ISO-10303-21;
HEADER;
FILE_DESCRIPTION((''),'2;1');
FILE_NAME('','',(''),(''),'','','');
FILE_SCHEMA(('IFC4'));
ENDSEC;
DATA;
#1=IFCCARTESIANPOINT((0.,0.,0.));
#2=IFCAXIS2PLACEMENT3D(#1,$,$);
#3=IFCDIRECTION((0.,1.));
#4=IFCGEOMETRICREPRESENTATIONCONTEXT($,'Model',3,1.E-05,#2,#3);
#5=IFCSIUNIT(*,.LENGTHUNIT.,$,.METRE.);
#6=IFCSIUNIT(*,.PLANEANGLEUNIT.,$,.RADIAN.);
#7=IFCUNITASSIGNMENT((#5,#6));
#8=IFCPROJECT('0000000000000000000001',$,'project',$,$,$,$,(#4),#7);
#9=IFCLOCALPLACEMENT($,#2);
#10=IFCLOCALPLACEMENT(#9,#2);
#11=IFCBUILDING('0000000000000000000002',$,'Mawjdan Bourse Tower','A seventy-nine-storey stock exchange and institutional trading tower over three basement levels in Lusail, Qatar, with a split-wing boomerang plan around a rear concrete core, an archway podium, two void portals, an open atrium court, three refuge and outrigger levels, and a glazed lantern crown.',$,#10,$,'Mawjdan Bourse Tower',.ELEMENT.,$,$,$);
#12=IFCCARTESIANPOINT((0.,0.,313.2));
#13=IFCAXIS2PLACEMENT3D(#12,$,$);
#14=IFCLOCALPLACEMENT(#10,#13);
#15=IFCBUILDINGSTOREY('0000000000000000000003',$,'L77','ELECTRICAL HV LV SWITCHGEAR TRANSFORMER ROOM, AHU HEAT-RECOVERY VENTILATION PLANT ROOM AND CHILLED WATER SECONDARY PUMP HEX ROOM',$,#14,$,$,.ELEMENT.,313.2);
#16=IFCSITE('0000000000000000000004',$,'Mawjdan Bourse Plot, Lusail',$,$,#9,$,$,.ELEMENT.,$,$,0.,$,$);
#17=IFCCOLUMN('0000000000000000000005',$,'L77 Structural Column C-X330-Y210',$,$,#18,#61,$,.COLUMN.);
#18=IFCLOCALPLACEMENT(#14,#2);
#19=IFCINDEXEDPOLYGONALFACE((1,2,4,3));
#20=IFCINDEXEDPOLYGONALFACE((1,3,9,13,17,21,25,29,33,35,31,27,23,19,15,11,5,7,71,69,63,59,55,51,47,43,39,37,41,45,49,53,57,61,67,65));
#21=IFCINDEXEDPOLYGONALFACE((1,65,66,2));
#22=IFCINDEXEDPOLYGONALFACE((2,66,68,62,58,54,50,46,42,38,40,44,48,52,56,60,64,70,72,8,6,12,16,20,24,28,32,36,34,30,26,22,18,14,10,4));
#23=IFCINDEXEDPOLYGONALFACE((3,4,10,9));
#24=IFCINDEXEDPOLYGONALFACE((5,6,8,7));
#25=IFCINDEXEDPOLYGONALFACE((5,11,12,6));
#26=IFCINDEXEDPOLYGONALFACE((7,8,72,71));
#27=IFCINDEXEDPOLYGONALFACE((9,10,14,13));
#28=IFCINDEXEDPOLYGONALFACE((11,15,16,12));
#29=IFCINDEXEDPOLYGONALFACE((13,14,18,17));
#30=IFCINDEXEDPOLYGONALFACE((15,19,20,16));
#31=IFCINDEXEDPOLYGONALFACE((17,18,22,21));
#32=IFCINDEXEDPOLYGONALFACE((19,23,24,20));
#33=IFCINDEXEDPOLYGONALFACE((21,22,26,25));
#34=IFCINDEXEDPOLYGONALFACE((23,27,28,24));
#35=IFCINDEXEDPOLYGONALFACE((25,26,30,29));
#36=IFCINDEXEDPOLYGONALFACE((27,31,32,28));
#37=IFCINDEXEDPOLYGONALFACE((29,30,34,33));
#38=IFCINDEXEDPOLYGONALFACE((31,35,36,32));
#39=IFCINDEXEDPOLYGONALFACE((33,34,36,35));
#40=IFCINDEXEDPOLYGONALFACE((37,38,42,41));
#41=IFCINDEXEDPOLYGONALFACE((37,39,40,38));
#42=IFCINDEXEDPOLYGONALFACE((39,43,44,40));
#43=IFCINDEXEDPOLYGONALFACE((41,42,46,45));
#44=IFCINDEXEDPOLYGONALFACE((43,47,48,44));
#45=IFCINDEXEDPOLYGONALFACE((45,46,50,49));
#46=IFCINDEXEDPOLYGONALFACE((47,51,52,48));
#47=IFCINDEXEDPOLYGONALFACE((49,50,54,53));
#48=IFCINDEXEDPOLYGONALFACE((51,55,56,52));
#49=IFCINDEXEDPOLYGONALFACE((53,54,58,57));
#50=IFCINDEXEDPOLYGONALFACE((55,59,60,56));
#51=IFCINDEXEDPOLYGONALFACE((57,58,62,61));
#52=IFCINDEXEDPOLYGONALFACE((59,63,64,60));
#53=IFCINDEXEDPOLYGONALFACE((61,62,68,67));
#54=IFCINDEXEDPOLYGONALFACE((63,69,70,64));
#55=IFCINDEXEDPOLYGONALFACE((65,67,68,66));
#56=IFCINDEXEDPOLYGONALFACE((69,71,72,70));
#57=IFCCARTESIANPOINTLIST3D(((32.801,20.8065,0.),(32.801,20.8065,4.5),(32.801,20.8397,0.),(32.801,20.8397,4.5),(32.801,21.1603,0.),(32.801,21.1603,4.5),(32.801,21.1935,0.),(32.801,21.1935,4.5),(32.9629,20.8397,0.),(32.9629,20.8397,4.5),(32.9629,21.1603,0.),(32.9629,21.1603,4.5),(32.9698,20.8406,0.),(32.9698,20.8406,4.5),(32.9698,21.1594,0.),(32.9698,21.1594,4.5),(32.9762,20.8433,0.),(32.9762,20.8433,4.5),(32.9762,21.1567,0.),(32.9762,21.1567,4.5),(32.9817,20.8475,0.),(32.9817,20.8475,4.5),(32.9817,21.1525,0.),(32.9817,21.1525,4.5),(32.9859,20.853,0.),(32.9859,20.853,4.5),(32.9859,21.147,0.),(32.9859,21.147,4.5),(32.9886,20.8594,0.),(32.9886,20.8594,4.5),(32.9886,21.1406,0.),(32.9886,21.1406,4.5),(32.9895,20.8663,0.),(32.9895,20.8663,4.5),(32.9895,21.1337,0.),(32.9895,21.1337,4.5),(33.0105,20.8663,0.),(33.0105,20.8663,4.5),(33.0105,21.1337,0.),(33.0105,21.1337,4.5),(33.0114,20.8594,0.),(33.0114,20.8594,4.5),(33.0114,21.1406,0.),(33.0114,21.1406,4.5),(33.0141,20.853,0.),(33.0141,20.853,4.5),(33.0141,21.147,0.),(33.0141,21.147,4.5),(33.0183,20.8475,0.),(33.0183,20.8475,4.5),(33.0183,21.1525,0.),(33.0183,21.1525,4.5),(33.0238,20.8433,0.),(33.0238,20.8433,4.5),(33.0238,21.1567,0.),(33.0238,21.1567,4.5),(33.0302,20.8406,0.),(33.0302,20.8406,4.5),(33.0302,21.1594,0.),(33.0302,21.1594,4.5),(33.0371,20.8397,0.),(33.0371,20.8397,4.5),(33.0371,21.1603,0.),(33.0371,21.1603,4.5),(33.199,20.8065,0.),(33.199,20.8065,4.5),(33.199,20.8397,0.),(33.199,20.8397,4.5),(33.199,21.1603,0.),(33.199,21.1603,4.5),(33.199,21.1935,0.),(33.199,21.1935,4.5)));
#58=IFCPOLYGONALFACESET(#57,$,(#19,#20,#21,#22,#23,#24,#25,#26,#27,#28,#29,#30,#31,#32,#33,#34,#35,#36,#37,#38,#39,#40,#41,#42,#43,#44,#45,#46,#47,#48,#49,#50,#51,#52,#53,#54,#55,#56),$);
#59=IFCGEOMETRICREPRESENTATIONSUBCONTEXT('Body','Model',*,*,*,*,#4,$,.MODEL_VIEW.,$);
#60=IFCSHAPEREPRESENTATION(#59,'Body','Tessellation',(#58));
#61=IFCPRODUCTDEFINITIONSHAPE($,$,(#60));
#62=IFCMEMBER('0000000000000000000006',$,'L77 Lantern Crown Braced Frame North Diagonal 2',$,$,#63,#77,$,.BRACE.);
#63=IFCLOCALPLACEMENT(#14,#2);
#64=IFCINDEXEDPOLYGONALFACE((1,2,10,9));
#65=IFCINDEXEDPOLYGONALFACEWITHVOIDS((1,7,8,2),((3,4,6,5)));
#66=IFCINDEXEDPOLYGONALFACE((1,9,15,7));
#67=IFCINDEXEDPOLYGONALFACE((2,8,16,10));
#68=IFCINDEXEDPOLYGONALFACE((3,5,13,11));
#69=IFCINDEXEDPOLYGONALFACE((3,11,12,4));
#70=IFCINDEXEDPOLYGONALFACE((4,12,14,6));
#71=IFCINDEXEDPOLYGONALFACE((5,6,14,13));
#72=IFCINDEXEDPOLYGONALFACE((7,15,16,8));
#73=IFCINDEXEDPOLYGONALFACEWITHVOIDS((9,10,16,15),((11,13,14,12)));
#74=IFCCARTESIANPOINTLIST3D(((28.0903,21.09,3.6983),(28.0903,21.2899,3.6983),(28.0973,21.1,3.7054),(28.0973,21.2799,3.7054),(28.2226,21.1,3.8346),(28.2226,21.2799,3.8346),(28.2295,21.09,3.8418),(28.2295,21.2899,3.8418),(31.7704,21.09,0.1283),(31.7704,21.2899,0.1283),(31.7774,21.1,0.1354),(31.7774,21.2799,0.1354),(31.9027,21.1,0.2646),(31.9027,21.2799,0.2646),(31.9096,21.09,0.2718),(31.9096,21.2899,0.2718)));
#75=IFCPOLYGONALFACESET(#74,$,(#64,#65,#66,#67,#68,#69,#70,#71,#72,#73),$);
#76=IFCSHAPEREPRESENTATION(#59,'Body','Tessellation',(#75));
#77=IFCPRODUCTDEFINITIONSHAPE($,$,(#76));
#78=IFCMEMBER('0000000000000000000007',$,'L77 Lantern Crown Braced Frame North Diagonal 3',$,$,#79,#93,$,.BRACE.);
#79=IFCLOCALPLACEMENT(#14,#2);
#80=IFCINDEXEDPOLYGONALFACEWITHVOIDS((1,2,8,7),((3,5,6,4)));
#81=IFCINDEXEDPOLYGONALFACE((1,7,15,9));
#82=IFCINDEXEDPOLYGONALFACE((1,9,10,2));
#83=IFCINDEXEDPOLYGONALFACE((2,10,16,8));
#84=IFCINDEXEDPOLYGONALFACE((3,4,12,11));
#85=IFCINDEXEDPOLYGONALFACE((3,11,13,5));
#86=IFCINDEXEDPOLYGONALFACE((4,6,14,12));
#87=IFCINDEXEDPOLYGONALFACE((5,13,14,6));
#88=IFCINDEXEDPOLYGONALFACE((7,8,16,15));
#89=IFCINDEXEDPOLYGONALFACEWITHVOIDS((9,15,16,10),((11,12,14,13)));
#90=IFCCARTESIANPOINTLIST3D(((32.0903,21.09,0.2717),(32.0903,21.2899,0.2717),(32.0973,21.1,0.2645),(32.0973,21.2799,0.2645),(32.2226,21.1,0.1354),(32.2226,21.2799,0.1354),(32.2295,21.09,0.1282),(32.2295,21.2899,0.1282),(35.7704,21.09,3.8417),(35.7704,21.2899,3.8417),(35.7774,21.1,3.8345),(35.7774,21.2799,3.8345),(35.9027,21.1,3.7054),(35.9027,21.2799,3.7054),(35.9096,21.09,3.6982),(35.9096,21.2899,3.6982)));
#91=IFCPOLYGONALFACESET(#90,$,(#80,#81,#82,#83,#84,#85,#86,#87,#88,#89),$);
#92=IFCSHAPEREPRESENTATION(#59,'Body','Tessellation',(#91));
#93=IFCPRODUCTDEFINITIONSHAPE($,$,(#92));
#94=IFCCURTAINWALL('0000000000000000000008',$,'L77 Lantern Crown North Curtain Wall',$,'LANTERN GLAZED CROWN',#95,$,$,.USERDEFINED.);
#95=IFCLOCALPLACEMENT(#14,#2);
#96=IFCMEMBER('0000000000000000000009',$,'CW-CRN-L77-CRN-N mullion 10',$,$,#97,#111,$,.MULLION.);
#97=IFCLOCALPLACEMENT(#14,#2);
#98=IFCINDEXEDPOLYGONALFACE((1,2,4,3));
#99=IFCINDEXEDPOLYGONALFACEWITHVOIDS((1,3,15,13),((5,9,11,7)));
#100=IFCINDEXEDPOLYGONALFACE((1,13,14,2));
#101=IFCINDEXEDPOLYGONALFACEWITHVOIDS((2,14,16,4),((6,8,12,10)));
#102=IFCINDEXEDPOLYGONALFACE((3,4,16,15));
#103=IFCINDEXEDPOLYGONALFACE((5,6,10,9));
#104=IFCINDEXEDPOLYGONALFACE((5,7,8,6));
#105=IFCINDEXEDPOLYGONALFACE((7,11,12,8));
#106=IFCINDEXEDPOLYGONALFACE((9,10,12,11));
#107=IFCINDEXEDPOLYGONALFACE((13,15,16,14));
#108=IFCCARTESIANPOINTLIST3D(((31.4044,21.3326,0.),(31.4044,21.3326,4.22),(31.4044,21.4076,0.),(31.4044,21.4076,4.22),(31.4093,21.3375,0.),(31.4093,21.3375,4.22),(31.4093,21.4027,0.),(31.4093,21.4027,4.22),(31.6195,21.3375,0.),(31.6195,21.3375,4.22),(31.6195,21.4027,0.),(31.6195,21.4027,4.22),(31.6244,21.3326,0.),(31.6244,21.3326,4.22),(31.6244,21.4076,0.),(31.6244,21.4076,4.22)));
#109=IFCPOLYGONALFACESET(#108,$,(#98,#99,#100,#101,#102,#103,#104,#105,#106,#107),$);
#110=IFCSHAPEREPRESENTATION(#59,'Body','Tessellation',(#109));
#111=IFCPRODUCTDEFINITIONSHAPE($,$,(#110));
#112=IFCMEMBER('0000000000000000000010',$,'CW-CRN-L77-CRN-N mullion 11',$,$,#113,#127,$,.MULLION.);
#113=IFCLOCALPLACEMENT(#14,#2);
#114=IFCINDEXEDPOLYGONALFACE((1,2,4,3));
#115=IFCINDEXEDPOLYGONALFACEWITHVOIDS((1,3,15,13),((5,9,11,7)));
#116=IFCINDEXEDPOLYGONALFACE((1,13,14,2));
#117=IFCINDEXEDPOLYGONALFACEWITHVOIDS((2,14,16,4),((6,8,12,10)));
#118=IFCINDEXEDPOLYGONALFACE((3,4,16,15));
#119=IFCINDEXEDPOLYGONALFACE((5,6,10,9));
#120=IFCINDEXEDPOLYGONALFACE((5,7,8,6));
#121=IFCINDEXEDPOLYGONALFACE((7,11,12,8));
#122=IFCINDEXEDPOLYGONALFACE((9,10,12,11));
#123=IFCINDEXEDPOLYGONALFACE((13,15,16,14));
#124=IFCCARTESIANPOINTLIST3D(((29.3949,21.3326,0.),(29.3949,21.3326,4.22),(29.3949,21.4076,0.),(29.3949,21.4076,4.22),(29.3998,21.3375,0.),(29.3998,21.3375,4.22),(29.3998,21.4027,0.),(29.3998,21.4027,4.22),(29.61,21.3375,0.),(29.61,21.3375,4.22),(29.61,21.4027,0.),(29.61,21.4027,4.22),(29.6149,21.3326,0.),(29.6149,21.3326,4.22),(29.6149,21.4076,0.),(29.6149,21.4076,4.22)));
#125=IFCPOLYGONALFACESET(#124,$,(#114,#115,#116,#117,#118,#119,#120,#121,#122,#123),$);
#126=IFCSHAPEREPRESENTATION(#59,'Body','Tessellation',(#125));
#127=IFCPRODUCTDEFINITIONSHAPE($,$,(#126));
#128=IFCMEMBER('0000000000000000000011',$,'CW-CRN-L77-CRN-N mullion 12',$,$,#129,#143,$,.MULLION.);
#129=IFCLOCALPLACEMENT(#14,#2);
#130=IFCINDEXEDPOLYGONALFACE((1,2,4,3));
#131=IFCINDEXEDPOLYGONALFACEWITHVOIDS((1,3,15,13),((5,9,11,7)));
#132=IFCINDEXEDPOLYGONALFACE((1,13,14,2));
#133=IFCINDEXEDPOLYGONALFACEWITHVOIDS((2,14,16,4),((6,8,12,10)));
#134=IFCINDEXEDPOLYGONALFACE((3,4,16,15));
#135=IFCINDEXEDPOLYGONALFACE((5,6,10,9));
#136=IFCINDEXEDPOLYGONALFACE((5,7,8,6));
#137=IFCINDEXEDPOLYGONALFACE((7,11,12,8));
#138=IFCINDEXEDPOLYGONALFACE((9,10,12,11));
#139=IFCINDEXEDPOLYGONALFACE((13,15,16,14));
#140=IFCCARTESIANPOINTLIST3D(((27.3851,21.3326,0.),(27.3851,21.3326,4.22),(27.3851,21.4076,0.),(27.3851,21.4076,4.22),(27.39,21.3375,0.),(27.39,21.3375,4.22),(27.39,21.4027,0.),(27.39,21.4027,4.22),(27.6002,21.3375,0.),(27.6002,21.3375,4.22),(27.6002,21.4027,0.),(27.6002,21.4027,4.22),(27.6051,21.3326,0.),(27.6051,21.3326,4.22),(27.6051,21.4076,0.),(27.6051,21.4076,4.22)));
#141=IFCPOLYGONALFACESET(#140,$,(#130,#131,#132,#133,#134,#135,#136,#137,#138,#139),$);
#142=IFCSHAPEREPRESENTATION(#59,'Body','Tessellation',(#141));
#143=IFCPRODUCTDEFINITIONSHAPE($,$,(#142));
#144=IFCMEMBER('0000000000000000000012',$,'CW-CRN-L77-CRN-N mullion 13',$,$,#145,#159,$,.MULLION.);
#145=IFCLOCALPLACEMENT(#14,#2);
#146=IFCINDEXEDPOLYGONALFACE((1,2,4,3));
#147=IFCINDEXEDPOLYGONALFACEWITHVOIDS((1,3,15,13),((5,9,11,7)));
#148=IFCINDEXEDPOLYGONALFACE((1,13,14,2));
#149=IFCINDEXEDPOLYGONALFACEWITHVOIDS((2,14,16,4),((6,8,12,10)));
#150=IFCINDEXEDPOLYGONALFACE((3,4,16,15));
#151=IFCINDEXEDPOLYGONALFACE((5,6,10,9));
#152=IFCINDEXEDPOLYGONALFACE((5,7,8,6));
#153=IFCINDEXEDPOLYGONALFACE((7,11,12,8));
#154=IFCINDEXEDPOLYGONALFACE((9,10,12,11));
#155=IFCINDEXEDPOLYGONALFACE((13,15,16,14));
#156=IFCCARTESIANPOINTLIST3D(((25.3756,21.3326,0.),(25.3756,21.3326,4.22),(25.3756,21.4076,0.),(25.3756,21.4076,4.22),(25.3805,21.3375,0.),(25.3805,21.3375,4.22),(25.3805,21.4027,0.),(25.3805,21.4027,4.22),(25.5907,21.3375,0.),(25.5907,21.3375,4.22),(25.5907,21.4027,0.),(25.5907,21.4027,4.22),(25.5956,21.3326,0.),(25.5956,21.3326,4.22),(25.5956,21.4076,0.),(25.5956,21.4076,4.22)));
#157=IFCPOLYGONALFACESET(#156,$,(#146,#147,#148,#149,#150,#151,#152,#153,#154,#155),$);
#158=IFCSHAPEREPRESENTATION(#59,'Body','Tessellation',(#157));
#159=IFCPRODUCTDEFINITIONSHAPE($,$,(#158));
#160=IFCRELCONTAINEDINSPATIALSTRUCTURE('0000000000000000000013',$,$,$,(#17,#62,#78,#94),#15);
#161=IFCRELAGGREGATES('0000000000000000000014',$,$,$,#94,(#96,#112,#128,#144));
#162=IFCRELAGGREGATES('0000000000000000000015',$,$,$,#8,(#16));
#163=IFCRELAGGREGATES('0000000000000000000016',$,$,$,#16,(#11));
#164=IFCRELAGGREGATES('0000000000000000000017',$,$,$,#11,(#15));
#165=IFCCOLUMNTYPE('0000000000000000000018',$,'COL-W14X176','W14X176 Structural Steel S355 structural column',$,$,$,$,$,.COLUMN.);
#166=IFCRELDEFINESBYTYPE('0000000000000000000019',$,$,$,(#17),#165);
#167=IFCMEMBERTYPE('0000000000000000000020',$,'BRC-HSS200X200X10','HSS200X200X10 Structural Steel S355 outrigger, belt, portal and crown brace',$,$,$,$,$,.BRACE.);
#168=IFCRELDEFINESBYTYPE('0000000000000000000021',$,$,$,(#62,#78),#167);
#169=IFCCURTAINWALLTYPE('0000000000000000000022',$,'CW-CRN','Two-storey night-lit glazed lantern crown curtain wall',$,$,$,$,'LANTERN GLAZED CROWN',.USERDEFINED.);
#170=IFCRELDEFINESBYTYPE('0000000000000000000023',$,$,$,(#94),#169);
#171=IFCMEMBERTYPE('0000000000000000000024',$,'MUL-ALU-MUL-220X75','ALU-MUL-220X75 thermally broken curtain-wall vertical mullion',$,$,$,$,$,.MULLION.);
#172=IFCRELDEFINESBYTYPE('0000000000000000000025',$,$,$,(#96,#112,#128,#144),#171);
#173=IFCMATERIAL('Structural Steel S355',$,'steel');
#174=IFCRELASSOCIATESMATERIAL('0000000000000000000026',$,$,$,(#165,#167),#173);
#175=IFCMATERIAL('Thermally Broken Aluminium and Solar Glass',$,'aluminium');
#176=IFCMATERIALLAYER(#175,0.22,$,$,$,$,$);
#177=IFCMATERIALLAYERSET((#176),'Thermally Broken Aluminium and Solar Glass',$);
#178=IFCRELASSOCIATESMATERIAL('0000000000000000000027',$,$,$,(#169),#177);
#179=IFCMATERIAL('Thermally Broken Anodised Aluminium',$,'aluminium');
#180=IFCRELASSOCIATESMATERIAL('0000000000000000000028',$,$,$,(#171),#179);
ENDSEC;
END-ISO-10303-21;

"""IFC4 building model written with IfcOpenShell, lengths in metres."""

from ifc_helpers import new_model, si_unit, direction, frame, origin, origin_2d, place, context, subcontext, project, spatial, hollow_rectangle, i_section, extrude, material, layer, layer_set, material_profile, profile_set, type_object, element, aggregate, save


model = new_model("IFC4")

# Units and contexts
model_context = context("Model", 3, precision=1e-05, world=origin(), true_north=direction((0.0, 1.0)))
body_context = subcontext(model_context, "Body", "Model", "MODEL_VIEW")
ifc_project = project(units=[si_unit("LENGTHUNIT", "METRE"), si_unit("PLANEANGLEUNIT", "RADIAN")], contexts=[model_context])

# Site, building, storey
site_placement = place(None, origin())
site = spatial("IfcSite", under=ifc_project, at=site_placement, Name="Mawjdan Bourse Plot, Lusail", CompositionType="ELEMENT", RefElevation=0.0)
building_placement = place(site_placement, origin())
building = spatial("IfcBuilding", under=site, at=building_placement, Name="Mawjdan Bourse Tower", Description="A seventy-nine-storey stock exchange and institutional trading tower over three basement levels in Lusail, Qatar, with a split-wing boomerang plan around a rear concrete core, an archway podium, two void portals, an open atrium court, three refuge and outrigger levels, and a glazed lantern crown.", LongName="Mawjdan Bourse Tower", CompositionType="ELEMENT")
storey_placement = place(building_placement, frame((0.0, 0.0, 313.2)))
storey = spatial("IfcBuildingStorey", under=building, at=storey_placement, Name="L77", Description="ELECTRICAL HV LV SWITCHGEAR TRANSFORMER ROOM, AHU HEAT-RECOVERY VENTILATION PLANT ROOM AND CHILLED WATER SECONDARY PUMP HEX ROOM", CompositionType="ELEMENT", Elevation=313.2)

# Column
ifc_material_1 = material(Name="Structural Steel S355", Category="steel")
ifc_material_profile_1 = material_profile(ifc_material_1, i_section(OverallWidth=0.3979, OverallDepth=0.387, WebThickness=0.021, FlangeThickness=0.0332, FilletRadius=0.0266, at=origin_2d()), Name="W14X176")
ifc_profile_set_1 = profile_set([ifc_material_profile_1], Name="Structural Steel S355")
column_type = type_object("IfcColumnType", Name="COL-W14X176", Description="W14X176 Structural Steel S355 structural column", PredefinedType="COLUMN", material=ifc_profile_set_1)
column_placement = place(storey_placement, frame((33.0, 21.0, 0.0), z_axis=(0.0, 0.0, 1.0), x_axis=(1.0, 0.0, 0.0)))
element("IfcColumn", 1, at=column_placement, inside=storey, type_object=column_type, Name="L77 Structural Column C-X330-Y210", PredefinedType="COLUMN", context=body_context, shape_type="SweptSolid", body=[
    extrude(i_section(OverallWidth=0.3979, OverallDepth=0.387, WebThickness=0.021, FlangeThickness=0.0332, FilletRadius=0.0266, at=origin_2d()), origin(), (0.0, 0.0, 1.0), 4.5),
])

# Members
ifc_material_profile_2 = material_profile(ifc_material_1, hollow_rectangle(XDim=0.2, YDim=0.2, WallThickness=0.01, at=origin_2d()), Name="HSS200X200X10")
ifc_profile_set_2 = profile_set([ifc_material_profile_2], Name="Structural Steel S355")
member_type_1 = type_object("IfcMemberType", Name="BRC-HSS200X200X10", Description="HSS200X200X10 Structural Steel S355 outrigger, belt, portal and crown brace", PredefinedType="BRACE", material=ifc_profile_set_2)
for number, where, z_axis, x_axis, name in (
    (2, (28.1599, 21.1899, 3.77), (0.717763, 0.0, -0.696288), (0.0, 1.0, 0.0), "L77 Lantern Crown Braced Frame North Diagonal 2"),
    (3, (32.1599, 21.1899, 0.2), (0.717763, 0.0, 0.696288), (0.0, 1.0, 0.0), "L77 Lantern Crown Braced Frame North Diagonal 3"),
):
    element("IfcMember", number, at=place(storey_placement, frame(where, z_axis=z_axis, x_axis=x_axis)), inside=storey, type_object=member_type_1, Name=name, PredefinedType="BRACE", context=body_context, shape_type="SweptSolid", body=[
        extrude(hollow_rectangle(XDim=0.2, YDim=0.2, WallThickness=0.01, at=origin_2d()), origin(), (0.0, 0.0, 1.0), 5.1272),
    ])

# Curtain wall, members
ifc_material_2 = material(Name="Thermally Broken Aluminium and Solar Glass", Category="aluminium")
ifc_layer_1 = layer(ifc_material_2, 0.22)
ifc_layer_set_1 = layer_set([ifc_layer_1], Name="Thermally Broken Aluminium and Solar Glass")
curtain_wall_type = type_object("IfcCurtainWallType", Name="CW-CRN", Description="Two-storey night-lit glazed lantern crown curtain wall", ElementType="LANTERN GLAZED CROWN", PredefinedType="USERDEFINED", material=ifc_layer_set_1)
curtain_wall_placement = place(storey_placement, origin())
curtain_wall = element("IfcCurtainWall", 4, at=curtain_wall_placement, inside=storey, type_object=curtain_wall_type, Name="L77 Lantern Crown North Curtain Wall", ObjectType="LANTERN GLAZED CROWN", PredefinedType="USERDEFINED")
ifc_material_3 = material(Name="Thermally Broken Anodised Aluminium", Category="aluminium")
ifc_material_profile_3 = material_profile(ifc_material_3, hollow_rectangle(XDim=0.075, YDim=0.22, WallThickness=0.0049, at=origin_2d()), Name="ALU-MUL-220X75")
ifc_profile_set_3 = profile_set([ifc_material_profile_3], Name="Thermally Broken Anodised Aluminium")
member_type_2 = type_object("IfcMemberType", Name="MUL-ALU-MUL-220X75", Description="ALU-MUL-220X75 thermally broken curtain-wall vertical mullion", PredefinedType="MULLION", material=ifc_profile_set_3)
member_1_placement = place(storey_placement, frame((31.5144, 21.3701, 0.0), z_axis=(0.0, 0.0, 1.0), x_axis=(0.0, -1.0, 0.0)))
member_1 = element("IfcMember", 5, at=member_1_placement, type_object=member_type_2, Name="CW-CRN-L77-CRN-N mullion 10", PredefinedType="MULLION", context=body_context, shape_type="SweptSolid", body=[
    extrude(hollow_rectangle(XDim=0.075, YDim=0.22, WallThickness=0.0049, at=origin_2d()), origin(), (0.0, 0.0, 1.0), 4.22),
])
member_2_placement = place(storey_placement, frame((29.5049, 21.3701, 0.0), z_axis=(0.0, 0.0, 1.0), x_axis=(0.0, -1.0, 0.0)))
member_2 = element("IfcMember", 6, at=member_2_placement, type_object=member_type_2, Name="CW-CRN-L77-CRN-N mullion 11", PredefinedType="MULLION", context=body_context, shape_type="SweptSolid", body=[
    extrude(hollow_rectangle(XDim=0.075, YDim=0.22, WallThickness=0.0049, at=origin_2d()), origin(), (0.0, 0.0, 1.0), 4.22),
])
member_3_placement = place(storey_placement, frame((27.4951, 21.3701, 0.0), z_axis=(0.0, 0.0, 1.0), x_axis=(0.0, -1.0, 0.0)))
member_3 = element("IfcMember", 7, at=member_3_placement, type_object=member_type_2, Name="CW-CRN-L77-CRN-N mullion 12", PredefinedType="MULLION", context=body_context, shape_type="SweptSolid", body=[
    extrude(hollow_rectangle(XDim=0.075, YDim=0.22, WallThickness=0.0049, at=origin_2d()), origin(), (0.0, 0.0, 1.0), 4.22),
])
member_4_placement = place(storey_placement, frame((25.4856, 21.3701, 0.0), z_axis=(0.0, 0.0, 1.0), x_axis=(0.0, -1.0, 0.0)))
member_4 = element("IfcMember", 8, at=member_4_placement, type_object=member_type_2, Name="CW-CRN-L77-CRN-N mullion 13", PredefinedType="MULLION", context=body_context, shape_type="SweptSolid", body=[
    extrude(hollow_rectangle(XDim=0.075, YDim=0.22, WallThickness=0.0049, at=origin_2d()), origin(), (0.0, 0.0, 1.0), 4.22),
])

aggregate(curtain_wall, [member_1, member_2, member_3, member_4])

save(model, "model.ifc")
